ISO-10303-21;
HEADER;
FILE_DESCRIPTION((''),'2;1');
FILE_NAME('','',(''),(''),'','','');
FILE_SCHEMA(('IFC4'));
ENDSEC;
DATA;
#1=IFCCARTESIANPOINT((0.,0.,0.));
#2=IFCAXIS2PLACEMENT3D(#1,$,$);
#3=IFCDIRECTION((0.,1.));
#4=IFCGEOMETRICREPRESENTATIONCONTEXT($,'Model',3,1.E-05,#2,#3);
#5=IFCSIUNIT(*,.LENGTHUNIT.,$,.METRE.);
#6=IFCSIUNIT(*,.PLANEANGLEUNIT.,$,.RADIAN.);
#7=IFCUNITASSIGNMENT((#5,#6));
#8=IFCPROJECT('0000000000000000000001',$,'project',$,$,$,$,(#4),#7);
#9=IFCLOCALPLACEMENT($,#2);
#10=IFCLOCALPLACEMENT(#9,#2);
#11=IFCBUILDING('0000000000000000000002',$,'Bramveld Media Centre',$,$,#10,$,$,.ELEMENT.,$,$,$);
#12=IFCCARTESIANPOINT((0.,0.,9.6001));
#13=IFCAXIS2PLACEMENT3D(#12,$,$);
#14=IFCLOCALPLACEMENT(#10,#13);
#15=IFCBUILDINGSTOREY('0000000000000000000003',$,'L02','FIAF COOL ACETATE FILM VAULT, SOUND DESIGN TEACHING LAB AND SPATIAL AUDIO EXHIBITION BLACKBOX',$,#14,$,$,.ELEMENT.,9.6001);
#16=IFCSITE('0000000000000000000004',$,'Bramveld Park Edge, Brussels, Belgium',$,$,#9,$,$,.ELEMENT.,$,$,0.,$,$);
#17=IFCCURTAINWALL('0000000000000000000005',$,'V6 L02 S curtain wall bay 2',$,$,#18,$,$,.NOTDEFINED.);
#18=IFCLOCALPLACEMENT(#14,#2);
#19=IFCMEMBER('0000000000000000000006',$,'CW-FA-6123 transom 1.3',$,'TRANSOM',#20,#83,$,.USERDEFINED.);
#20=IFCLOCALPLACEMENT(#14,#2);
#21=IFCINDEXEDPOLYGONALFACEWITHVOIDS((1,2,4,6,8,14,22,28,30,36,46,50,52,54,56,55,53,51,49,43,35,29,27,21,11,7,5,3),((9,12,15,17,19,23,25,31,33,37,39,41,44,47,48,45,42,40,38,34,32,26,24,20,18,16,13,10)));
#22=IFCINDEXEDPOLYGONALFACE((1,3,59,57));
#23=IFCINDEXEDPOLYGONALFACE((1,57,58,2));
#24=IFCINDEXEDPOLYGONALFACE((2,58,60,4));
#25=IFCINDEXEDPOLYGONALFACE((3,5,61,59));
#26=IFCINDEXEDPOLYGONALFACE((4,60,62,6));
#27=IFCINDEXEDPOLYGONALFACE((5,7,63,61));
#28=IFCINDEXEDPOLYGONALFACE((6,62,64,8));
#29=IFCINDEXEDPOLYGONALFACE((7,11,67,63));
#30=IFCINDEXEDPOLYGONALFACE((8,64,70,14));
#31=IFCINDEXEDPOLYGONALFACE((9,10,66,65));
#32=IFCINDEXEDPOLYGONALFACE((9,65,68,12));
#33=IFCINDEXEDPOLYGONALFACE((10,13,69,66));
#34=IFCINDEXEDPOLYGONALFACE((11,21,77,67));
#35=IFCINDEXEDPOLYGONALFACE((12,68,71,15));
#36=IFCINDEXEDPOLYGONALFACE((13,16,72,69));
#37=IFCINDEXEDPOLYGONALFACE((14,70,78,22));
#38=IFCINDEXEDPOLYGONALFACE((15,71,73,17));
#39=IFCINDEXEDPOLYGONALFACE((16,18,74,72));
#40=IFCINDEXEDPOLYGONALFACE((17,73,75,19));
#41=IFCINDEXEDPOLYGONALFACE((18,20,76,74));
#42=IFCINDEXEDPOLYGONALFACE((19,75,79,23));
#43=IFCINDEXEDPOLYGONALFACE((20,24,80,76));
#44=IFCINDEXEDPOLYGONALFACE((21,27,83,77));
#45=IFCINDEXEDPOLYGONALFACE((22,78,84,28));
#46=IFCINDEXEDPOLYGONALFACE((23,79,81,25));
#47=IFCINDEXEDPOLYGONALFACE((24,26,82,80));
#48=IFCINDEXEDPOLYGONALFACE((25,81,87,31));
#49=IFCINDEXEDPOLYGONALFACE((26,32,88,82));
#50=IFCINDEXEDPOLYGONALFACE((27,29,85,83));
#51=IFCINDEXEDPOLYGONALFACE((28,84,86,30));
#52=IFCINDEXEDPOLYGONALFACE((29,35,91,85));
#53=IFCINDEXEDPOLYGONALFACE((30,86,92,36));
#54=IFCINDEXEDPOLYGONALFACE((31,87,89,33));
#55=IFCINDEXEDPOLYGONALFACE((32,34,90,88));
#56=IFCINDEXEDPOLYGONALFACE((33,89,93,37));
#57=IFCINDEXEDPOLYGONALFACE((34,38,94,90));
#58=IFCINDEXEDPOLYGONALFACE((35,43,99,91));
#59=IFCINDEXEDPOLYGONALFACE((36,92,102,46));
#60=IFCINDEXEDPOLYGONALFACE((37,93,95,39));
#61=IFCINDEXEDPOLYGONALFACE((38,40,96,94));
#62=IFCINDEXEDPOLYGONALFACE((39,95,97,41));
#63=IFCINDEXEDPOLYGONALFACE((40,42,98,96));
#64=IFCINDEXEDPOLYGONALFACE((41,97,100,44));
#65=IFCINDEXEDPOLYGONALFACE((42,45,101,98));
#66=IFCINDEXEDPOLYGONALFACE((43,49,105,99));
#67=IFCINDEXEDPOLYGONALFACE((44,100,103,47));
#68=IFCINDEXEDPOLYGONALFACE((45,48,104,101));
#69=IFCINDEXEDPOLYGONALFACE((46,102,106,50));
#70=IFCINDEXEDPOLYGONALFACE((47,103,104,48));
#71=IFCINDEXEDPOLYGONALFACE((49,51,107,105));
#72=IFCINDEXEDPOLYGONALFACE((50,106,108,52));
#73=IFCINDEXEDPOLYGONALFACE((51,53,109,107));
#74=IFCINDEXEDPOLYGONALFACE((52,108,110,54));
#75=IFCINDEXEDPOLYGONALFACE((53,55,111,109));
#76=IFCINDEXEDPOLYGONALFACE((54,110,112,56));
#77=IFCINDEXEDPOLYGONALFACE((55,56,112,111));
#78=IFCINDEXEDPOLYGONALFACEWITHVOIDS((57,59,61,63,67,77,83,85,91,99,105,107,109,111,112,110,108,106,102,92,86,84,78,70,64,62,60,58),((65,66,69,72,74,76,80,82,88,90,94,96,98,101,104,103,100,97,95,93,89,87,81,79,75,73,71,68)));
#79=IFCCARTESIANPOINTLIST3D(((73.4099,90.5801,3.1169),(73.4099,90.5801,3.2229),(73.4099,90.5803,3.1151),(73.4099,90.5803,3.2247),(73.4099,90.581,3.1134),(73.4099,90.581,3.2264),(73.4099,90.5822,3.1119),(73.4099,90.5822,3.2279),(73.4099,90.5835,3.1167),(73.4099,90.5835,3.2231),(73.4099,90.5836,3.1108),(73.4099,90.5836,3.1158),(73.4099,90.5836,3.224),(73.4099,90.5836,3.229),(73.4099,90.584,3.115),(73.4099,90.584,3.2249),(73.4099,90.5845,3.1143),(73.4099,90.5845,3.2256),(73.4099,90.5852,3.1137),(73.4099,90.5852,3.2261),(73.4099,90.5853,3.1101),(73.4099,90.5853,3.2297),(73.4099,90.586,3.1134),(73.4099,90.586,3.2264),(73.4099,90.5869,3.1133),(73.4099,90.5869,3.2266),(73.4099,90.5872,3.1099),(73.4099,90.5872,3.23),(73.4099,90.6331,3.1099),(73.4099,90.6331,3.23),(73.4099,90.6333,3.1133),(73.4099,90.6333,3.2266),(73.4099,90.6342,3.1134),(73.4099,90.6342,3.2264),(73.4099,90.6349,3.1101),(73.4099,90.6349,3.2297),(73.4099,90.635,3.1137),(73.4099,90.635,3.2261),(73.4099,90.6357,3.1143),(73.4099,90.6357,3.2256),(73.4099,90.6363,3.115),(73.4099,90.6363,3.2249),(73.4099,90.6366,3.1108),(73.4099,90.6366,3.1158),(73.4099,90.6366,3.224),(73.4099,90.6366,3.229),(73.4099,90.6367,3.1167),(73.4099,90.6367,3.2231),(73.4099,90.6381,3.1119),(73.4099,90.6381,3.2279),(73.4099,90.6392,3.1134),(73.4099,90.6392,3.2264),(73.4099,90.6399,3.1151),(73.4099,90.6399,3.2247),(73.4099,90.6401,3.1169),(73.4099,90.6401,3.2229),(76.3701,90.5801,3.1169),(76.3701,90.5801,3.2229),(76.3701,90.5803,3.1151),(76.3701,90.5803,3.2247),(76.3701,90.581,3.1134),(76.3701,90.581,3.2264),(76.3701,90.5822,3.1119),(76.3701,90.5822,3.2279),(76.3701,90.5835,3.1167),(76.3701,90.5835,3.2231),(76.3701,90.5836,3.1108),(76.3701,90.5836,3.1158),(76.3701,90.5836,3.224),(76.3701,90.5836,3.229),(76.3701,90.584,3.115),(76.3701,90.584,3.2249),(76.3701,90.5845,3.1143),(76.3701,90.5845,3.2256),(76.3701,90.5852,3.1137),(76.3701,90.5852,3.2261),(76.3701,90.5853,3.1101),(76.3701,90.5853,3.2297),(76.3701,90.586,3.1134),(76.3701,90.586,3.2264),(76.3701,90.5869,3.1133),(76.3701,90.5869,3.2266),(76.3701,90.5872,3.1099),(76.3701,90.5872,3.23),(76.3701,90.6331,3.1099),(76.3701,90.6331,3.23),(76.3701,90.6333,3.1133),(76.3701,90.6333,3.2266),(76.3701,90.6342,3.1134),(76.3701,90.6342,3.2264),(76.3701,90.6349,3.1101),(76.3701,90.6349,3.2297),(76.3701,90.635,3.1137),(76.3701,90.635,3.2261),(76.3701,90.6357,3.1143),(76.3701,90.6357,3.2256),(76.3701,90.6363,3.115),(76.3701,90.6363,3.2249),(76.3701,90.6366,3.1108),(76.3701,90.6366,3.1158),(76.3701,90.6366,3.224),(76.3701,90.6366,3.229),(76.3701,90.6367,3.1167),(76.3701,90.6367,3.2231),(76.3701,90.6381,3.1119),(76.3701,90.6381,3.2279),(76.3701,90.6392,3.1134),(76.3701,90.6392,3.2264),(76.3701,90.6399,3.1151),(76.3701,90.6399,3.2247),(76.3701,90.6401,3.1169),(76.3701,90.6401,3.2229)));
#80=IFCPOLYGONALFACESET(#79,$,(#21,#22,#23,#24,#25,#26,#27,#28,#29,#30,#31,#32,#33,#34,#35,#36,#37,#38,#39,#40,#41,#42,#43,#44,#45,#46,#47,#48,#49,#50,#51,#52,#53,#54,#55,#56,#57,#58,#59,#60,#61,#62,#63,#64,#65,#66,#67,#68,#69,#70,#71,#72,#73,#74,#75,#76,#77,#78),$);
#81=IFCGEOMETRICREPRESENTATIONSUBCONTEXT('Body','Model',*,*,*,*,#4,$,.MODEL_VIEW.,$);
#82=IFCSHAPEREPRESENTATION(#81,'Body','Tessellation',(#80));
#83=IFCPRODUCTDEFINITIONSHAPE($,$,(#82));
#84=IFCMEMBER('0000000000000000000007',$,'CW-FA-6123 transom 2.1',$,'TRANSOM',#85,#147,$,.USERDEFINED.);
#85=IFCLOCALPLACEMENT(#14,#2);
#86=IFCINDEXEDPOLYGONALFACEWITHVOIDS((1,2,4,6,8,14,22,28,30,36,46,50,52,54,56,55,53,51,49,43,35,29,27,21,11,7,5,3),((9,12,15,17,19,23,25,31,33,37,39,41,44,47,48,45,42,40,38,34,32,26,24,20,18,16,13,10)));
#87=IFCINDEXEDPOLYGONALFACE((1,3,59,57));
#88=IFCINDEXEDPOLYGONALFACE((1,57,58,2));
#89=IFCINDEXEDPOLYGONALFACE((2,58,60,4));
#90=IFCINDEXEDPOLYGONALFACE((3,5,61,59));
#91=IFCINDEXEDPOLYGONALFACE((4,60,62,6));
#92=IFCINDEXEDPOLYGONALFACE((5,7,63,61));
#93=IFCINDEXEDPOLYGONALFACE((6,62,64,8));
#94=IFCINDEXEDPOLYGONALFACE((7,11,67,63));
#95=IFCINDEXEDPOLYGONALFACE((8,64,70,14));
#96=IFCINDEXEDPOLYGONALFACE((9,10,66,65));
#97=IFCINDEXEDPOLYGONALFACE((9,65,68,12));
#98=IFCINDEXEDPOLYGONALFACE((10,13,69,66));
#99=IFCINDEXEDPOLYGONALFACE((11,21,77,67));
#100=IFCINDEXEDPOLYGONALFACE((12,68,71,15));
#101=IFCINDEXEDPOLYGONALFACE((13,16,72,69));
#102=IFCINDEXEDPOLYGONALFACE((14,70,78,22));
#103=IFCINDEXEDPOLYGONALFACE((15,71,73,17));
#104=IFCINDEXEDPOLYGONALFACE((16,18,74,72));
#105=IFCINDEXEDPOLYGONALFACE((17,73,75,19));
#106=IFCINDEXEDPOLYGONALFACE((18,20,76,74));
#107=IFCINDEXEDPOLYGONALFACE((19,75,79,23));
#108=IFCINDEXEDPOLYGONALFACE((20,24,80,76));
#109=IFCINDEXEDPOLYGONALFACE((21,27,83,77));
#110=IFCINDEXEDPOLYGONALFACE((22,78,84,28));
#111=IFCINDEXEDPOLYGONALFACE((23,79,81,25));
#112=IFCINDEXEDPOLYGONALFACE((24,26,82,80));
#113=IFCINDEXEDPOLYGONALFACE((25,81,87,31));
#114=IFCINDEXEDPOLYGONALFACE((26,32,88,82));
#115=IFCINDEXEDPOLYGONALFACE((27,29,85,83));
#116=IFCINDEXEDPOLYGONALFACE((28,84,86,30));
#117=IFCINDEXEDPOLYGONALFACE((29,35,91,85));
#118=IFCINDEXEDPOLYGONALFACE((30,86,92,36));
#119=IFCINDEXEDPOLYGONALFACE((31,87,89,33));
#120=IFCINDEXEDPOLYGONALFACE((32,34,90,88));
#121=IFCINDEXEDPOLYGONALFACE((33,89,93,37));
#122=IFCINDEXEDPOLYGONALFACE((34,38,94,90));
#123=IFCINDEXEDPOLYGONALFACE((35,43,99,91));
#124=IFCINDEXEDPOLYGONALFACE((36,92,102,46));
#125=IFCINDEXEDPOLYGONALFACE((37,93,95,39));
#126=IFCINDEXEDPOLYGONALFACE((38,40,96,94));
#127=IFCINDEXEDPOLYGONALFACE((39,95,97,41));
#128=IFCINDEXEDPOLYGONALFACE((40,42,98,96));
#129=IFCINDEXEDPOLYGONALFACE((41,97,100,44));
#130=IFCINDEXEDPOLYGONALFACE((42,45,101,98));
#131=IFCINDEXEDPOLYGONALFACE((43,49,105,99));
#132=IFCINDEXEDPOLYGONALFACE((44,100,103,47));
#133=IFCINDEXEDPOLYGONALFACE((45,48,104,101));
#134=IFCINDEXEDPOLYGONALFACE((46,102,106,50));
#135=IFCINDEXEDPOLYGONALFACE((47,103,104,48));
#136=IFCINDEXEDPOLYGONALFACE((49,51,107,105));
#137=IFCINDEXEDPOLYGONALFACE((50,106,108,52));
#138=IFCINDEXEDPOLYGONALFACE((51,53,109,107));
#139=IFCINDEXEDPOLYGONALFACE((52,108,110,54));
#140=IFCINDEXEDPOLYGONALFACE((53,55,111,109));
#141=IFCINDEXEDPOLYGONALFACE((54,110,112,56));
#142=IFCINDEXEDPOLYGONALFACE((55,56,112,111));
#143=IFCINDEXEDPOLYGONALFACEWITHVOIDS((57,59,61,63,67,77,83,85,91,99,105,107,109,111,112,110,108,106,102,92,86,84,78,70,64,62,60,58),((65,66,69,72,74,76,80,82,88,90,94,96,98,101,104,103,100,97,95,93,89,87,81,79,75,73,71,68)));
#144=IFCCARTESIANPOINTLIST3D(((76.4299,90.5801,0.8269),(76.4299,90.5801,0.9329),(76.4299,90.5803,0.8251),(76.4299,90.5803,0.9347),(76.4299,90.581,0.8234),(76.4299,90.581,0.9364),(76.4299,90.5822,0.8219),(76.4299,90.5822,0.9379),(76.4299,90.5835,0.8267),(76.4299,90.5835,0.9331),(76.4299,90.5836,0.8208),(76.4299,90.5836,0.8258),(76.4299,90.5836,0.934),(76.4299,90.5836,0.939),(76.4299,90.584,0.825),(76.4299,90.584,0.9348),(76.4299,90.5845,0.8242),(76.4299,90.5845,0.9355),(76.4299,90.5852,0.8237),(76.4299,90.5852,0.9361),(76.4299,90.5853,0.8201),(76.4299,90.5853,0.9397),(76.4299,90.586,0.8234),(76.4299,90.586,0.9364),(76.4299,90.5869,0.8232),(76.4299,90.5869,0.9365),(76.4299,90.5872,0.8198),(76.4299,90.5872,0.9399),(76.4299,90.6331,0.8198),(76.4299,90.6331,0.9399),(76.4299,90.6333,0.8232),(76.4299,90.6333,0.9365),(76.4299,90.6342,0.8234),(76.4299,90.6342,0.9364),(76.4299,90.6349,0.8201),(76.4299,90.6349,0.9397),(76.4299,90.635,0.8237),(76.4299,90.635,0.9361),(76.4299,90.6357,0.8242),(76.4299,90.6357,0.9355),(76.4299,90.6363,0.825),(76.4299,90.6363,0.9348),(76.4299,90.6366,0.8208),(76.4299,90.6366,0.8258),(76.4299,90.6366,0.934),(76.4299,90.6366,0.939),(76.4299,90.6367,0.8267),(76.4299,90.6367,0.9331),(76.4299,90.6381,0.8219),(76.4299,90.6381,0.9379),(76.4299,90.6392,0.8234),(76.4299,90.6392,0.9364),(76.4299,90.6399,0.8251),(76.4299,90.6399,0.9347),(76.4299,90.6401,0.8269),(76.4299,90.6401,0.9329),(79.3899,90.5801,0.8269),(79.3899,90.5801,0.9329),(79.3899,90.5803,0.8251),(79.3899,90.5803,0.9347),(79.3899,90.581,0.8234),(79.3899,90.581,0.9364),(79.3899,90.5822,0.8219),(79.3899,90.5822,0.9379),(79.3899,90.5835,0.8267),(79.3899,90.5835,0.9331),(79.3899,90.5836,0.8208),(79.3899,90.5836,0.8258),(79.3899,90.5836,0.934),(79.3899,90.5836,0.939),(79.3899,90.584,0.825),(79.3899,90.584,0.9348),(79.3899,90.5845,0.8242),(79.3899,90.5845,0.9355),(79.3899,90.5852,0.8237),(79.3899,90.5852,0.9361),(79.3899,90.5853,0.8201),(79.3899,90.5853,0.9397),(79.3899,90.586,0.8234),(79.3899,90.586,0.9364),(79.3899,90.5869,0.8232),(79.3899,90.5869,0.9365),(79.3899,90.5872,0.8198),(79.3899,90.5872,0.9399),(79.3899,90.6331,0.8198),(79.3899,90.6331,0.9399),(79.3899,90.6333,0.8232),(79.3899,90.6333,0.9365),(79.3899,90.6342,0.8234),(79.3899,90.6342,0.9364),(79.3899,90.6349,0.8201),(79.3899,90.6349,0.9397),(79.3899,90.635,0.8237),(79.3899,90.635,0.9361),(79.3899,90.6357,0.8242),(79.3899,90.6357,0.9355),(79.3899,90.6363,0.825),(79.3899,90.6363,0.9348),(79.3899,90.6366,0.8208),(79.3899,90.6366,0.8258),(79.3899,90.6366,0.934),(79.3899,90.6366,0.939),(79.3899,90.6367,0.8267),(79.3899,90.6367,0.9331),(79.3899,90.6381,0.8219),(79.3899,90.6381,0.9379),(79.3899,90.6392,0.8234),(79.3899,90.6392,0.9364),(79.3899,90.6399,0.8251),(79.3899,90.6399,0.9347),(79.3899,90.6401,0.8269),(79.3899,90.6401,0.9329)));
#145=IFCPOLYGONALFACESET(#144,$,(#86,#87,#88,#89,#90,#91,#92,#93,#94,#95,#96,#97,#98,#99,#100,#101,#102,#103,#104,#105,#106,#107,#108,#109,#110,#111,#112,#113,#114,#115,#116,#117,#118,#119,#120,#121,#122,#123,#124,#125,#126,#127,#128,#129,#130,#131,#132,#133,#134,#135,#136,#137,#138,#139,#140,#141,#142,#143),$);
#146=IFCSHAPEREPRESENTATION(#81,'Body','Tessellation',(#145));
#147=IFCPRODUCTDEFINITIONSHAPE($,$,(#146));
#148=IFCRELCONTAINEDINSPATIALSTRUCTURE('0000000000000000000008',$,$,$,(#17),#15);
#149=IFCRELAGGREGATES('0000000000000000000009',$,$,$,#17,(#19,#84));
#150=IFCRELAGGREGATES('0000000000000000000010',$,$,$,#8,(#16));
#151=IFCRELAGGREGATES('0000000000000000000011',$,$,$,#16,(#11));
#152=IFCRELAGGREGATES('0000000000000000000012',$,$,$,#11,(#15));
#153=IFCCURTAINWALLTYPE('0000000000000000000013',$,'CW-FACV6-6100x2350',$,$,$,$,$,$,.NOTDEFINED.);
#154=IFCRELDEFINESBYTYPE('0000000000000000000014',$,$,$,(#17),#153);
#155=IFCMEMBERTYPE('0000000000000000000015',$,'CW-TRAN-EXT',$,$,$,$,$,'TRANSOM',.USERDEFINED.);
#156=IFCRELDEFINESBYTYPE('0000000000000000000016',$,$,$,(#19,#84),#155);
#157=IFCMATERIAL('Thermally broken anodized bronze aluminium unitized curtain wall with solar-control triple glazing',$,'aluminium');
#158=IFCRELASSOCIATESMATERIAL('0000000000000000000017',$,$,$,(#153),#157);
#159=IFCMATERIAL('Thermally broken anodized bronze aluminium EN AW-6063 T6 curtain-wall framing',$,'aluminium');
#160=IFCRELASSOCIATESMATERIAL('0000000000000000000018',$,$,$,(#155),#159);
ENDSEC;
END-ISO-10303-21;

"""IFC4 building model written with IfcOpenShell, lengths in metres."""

from ifc_helpers import new_model, si_unit, direction, frame, origin, origin_2d, place, context, subcontext, project, spatial, hollow_rectangle, extrude, material, material_profile, profile_set, type_object, element, aggregate, save


model = new_model("IFC4")

# Units and contexts
model_context = context("Model", 3, precision=1e-05, world=origin(), true_north=direction((0.0, 1.0)))
body_context = subcontext(model_context, "Body", "Model", "MODEL_VIEW")
ifc_project = project(units=[si_unit("LENGTHUNIT", "METRE"), si_unit("PLANEANGLEUNIT", "RADIAN")], contexts=[model_context])

# Site, building, storey
site_placement = place(None, origin())
site = spatial("IfcSite", under=ifc_project, at=site_placement, Name="Bramveld Park Edge, Brussels, Belgium", CompositionType="ELEMENT", RefElevation=0.0)
building_placement = place(site_placement, origin())
building = spatial("IfcBuilding", under=site, at=building_placement, Name="Bramveld Media Centre", CompositionType="ELEMENT")
storey_placement = place(building_placement, frame((0.0, 0.0, 9.6001)))
storey = spatial("IfcBuildingStorey", under=building, at=storey_placement, Name="L02", Description="FIAF COOL ACETATE FILM VAULT, SOUND DESIGN TEACHING LAB AND SPATIAL AUDIO EXHIBITION BLACKBOX", CompositionType="ELEMENT", Elevation=9.6001)

# Curtain wall
ifc_material_1 = material(Name="Thermally broken anodized bronze aluminium unitized curtain wall with solar-control triple glazing", Category="aluminium")
curtain_wall_type_1 = type_object("IfcCurtainWallType", Name="CW-FACV6-6100x2350", PredefinedType="NOTDEFINED", material=ifc_material_1)
curtain_wall_1_placement = place(storey_placement, origin())
curtain_wall_1 = element("IfcCurtainWall", 1, at=curtain_wall_1_placement, inside=storey, type_object=curtain_wall_type_1, Name="V6 L02 S curtain wall bay 2", PredefinedType="NOTDEFINED")

# Members
ifc_material_2 = material(Name="Thermally broken anodized bronze aluminium EN AW-6063 T6 curtain-wall framing", Category="aluminium")
ifc_material_profile_1 = material_profile(ifc_material_2, hollow_rectangle(XDim=0.0601, YDim=0.1201, WallThickness=0.0034, InnerFilletRadius=0.0034, OuterFilletRadius=0.0071, at=origin_2d()), Name="AL-TRAN 60x120")
ifc_profile_set_1 = profile_set([ifc_material_profile_1], Name="Thermally broken anodized bronze aluminium EN AW-6063 T6 curtain-wall framing")
member_type_1 = type_object("IfcMemberType", Name="CW-TRAN-EXT", ElementType="TRANSOM", PredefinedType="USERDEFINED", material=ifc_profile_set_1)
member_1_placement = place(storey_placement, frame((73.4099, 90.6101, 3.1699), z_axis=(1.0, 0.0, 0.0), x_axis=(0.0, 1.0, 0.0)))
member_1 = element("IfcMember", 2, at=member_1_placement, type_object=member_type_1, Name="CW-FA-6123 transom 1.3", ObjectType="TRANSOM", PredefinedType="USERDEFINED", context=body_context, shape_type="SweptSolid", body=[
    extrude(hollow_rectangle(XDim=0.0601, YDim=0.1201, WallThickness=0.0034, InnerFilletRadius=0.0034, OuterFilletRadius=0.0071, at=origin_2d()), origin(), (0.0, 0.0, 1.0), 2.9602),
])
member_2_placement = place(storey_placement, frame((76.4299, 90.6101, 0.8799), z_axis=(1.0, 0.0, 0.0), x_axis=(0.0, 1.0, 0.0)))
member_2 = element("IfcMember", 3, at=member_2_placement, type_object=member_type_1, Name="CW-FA-6123 transom 2.1", ObjectType="TRANSOM", PredefinedType="USERDEFINED", context=body_context, shape_type="SweptSolid", body=[
    extrude(hollow_rectangle(XDim=0.0601, YDim=0.1201, WallThickness=0.0034, InnerFilletRadius=0.0034, OuterFilletRadius=0.0071, at=origin_2d()), origin(), (0.0, 0.0, 1.0), 2.96),
])

aggregate(curtain_wall_1, [member_1, member_2])

save(model, "model.ifc")
